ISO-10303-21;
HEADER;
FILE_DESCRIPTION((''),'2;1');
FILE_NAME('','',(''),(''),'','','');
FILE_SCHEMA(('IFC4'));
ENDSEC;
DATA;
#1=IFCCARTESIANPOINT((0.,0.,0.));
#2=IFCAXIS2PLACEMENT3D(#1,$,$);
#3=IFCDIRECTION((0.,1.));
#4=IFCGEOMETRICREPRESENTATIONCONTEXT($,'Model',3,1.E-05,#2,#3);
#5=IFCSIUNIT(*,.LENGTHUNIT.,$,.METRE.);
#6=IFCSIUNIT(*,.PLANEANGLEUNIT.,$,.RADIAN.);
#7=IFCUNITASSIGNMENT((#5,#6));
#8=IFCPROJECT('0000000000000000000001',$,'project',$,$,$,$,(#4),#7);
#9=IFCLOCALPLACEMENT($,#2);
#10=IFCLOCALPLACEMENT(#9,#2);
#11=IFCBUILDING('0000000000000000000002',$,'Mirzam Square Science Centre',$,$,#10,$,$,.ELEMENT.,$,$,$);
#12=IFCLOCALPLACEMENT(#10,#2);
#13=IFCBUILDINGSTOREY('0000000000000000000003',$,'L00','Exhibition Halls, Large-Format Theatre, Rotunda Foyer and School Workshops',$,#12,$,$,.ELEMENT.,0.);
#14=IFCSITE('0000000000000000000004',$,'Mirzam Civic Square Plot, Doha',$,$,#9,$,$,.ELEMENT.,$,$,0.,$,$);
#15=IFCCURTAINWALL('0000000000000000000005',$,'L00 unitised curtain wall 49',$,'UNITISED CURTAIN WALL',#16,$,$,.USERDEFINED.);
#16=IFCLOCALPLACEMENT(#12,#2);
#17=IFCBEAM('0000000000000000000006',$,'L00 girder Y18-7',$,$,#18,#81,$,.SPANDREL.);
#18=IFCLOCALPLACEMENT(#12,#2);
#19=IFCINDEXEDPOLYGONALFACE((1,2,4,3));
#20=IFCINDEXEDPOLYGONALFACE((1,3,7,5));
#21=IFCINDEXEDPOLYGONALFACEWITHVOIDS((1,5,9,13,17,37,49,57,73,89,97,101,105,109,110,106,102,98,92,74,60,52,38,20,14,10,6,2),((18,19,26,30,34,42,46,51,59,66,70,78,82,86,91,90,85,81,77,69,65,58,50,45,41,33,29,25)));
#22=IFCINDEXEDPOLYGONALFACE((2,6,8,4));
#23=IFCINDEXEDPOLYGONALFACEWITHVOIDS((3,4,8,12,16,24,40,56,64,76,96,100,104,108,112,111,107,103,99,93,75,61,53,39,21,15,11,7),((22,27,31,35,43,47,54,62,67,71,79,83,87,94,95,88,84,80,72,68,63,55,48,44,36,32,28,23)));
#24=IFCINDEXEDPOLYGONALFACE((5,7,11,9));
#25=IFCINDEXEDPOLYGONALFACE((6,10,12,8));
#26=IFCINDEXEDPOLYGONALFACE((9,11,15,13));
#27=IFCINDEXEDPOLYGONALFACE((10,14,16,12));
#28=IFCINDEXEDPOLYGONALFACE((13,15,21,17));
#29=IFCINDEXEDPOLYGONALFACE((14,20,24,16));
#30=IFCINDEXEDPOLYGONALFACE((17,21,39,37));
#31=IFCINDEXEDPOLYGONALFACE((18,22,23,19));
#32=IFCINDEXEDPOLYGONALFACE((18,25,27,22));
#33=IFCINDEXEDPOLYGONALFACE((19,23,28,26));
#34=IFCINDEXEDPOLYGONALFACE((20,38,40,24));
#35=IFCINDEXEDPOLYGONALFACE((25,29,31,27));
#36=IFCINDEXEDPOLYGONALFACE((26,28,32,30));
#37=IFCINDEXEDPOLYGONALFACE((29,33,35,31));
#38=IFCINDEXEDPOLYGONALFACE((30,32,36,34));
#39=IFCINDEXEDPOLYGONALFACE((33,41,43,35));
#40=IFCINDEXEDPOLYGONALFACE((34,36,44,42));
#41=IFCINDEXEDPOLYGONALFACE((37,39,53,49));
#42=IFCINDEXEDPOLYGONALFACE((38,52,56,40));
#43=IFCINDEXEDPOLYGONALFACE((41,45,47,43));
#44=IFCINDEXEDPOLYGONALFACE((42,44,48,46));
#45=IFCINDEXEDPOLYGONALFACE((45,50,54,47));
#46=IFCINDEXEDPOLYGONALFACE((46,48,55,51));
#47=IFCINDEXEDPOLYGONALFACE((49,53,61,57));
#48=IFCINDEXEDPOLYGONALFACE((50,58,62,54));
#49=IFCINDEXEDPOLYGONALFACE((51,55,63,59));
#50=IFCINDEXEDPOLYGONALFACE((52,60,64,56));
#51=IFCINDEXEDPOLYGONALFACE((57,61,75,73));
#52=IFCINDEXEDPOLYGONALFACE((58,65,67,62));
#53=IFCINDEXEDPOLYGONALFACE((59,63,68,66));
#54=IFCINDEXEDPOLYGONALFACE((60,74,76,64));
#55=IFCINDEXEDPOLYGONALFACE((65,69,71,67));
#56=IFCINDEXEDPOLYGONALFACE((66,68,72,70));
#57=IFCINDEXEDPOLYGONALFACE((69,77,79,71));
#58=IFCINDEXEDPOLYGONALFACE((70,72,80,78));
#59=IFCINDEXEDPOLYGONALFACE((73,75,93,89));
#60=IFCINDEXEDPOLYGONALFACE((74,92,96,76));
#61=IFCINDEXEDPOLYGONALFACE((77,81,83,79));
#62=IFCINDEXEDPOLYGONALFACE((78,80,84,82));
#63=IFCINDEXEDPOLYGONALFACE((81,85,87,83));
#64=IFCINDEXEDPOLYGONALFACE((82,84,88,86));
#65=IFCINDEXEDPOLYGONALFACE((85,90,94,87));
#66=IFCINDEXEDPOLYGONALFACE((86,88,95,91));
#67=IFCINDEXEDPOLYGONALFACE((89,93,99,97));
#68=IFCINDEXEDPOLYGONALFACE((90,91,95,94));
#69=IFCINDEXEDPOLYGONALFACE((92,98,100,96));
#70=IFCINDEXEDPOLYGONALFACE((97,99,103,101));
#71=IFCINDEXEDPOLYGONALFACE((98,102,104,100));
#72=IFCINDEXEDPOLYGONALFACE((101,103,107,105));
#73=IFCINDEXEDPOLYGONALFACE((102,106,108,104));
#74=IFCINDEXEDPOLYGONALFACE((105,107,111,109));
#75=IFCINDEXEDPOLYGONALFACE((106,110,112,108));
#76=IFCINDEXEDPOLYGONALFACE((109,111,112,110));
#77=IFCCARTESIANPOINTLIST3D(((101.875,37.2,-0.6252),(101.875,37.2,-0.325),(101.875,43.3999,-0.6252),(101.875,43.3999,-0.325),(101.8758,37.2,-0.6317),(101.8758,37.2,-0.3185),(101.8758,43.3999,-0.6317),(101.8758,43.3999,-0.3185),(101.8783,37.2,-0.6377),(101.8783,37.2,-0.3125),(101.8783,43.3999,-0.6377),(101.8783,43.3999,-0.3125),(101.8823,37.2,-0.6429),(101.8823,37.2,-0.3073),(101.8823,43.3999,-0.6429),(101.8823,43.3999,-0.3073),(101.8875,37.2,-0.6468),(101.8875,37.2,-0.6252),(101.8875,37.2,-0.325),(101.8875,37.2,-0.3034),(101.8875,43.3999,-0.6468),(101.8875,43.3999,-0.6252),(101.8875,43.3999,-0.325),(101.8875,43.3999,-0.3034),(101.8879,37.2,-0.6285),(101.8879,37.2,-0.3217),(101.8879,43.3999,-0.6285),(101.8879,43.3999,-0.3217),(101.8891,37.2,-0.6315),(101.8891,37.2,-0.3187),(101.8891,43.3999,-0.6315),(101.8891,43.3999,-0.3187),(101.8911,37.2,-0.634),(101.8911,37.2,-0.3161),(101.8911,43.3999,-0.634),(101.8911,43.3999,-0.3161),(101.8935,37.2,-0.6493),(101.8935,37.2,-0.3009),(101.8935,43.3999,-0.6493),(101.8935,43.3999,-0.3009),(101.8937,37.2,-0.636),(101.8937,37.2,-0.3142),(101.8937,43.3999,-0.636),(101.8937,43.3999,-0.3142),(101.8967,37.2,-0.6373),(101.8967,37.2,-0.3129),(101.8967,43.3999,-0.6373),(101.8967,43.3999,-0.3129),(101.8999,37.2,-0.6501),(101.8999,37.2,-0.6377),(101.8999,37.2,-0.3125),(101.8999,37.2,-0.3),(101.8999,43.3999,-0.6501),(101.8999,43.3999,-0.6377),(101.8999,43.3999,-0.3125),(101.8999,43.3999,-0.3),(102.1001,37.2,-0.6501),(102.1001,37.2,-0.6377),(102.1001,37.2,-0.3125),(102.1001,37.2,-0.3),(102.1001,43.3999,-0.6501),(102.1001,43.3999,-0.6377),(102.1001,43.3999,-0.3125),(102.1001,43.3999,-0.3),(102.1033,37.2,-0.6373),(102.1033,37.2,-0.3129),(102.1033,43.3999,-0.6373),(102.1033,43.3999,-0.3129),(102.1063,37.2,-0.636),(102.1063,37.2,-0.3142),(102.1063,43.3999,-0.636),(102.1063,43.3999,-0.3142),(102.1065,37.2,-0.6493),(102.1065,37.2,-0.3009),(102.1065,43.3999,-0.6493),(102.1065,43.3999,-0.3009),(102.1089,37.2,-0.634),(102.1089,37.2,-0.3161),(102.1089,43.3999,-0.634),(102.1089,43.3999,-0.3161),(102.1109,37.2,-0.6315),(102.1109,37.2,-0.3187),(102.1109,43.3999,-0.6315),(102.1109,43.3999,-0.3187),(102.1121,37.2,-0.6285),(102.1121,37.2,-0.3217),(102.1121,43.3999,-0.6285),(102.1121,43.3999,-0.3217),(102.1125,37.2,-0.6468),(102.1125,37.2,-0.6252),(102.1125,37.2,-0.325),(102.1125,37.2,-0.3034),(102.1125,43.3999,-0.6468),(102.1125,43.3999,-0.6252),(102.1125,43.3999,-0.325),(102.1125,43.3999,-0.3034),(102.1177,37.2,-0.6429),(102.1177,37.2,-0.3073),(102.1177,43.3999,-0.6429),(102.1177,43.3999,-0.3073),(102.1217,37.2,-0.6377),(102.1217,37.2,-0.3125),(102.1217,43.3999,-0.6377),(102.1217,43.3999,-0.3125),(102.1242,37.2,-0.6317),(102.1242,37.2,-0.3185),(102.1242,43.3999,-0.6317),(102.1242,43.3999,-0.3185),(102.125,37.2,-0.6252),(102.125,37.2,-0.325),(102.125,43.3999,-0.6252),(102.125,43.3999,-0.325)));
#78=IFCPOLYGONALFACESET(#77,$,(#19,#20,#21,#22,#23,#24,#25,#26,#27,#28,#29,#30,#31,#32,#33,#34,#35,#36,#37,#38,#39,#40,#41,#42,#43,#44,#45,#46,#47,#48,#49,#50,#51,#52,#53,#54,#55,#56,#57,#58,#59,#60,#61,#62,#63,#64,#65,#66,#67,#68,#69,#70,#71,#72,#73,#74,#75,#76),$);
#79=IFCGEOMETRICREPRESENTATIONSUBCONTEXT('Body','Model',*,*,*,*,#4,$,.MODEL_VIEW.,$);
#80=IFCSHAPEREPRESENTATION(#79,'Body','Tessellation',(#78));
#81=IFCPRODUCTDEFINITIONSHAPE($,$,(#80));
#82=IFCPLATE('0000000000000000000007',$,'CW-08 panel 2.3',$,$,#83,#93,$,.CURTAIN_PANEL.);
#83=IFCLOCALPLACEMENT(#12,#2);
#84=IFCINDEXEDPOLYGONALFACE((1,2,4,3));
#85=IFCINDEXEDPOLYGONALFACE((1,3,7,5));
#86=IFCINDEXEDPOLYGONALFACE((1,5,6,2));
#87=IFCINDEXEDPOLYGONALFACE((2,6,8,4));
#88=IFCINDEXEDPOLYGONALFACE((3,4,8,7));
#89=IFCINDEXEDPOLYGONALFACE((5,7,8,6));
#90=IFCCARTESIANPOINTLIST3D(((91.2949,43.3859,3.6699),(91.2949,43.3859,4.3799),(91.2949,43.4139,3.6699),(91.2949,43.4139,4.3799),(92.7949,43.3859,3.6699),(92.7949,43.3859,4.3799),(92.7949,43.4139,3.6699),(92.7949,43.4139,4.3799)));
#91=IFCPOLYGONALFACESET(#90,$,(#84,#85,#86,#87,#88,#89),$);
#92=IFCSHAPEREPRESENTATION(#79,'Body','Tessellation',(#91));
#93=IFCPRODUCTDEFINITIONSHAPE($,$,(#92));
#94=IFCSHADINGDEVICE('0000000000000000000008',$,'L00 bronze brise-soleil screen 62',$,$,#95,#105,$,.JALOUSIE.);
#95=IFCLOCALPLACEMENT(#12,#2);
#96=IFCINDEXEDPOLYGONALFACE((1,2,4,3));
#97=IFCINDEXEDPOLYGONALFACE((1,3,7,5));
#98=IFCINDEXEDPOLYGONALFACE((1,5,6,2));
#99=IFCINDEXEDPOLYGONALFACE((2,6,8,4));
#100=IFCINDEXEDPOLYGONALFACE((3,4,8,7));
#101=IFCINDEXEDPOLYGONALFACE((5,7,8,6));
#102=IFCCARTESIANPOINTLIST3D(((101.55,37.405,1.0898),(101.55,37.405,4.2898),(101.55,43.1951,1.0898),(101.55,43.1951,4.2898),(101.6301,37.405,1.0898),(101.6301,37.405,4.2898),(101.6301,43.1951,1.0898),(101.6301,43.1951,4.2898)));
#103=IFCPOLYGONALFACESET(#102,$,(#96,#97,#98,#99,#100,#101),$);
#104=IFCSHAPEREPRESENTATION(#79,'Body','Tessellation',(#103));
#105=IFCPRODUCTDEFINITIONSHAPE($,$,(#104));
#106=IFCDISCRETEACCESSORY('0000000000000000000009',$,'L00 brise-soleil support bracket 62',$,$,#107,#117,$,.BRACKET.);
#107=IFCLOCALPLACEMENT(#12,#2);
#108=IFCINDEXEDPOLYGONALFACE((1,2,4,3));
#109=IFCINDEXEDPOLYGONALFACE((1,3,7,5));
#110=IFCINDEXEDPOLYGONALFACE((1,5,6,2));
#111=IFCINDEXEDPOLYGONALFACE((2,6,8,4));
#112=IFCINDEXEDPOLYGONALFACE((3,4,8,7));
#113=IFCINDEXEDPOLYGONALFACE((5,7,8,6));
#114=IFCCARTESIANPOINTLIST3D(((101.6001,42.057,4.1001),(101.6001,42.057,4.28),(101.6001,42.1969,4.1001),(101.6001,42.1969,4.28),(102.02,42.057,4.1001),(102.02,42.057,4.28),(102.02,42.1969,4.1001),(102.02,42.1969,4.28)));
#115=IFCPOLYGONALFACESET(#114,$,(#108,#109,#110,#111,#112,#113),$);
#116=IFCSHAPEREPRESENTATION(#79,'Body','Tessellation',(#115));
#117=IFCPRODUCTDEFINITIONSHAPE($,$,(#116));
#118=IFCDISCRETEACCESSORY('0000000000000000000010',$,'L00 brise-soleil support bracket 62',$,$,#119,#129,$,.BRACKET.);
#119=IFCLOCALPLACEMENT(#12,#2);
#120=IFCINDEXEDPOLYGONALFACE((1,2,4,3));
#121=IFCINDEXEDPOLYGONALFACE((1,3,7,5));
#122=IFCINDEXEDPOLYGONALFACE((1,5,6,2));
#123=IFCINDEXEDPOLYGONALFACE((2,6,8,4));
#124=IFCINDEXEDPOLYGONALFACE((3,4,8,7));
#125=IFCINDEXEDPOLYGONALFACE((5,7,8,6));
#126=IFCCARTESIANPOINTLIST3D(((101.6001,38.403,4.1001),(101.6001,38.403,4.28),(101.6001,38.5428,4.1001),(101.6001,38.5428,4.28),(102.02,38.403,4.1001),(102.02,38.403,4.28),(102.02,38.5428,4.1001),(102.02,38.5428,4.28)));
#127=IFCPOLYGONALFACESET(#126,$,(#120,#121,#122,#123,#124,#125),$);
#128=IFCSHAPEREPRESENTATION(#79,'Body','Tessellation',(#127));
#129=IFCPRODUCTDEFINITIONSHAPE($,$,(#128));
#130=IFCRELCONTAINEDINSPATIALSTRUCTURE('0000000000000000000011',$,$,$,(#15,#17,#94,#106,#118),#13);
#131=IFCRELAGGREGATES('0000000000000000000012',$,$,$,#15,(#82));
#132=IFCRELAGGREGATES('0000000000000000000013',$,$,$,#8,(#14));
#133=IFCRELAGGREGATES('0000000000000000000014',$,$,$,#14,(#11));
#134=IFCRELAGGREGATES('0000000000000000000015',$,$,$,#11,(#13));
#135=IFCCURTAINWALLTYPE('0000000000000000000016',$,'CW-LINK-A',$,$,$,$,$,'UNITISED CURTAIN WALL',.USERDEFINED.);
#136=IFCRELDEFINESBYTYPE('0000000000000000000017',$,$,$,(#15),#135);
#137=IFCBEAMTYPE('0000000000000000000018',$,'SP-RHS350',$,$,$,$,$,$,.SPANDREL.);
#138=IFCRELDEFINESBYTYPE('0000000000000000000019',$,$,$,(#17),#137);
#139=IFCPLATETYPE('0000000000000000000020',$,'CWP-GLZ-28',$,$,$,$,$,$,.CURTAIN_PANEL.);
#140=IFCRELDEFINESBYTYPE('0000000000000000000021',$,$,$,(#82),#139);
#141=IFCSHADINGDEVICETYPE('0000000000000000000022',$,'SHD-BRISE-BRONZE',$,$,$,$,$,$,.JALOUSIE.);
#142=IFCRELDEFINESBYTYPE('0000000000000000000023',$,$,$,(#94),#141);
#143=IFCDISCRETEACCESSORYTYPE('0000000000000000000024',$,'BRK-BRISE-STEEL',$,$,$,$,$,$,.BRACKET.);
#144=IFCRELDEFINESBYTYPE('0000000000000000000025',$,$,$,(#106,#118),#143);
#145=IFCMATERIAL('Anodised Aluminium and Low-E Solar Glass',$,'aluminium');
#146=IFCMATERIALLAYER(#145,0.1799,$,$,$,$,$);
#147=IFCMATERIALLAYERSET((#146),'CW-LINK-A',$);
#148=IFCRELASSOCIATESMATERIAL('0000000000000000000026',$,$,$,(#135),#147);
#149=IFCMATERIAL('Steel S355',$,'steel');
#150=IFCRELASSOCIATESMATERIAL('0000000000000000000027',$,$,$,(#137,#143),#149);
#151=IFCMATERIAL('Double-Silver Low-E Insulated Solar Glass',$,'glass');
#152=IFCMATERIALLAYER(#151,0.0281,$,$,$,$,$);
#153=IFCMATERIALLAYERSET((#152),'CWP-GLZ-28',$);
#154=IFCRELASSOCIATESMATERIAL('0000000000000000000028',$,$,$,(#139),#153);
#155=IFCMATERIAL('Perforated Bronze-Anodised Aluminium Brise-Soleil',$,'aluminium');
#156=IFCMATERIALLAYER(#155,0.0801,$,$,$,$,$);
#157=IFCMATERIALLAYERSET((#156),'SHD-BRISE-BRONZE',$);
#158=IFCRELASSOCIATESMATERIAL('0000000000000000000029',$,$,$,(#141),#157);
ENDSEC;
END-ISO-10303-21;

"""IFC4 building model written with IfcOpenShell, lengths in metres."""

from ifc_helpers import new_model, si_unit, direction, frame, origin, origin_2d, place, context, subcontext, project, spatial, rectangle, hollow_rectangle, extrude, material, layer, layer_set, material_profile, profile_set, type_object, element, aggregate, save


model = new_model("IFC4")

# Units and contexts
model_context = context("Model", 3, precision=1e-05, world=origin(), true_north=direction((0.0, 1.0)))
body_context = subcontext(model_context, "Body", "Model", "MODEL_VIEW")
ifc_project = project(units=[si_unit("LENGTHUNIT", "METRE"), si_unit("PLANEANGLEUNIT", "RADIAN")], contexts=[model_context])

# Site, building, storey
site_placement = place(None, origin())
site = spatial("IfcSite", under=ifc_project, at=site_placement, Name="Mirzam Civic Square Plot, Doha", CompositionType="ELEMENT", RefElevation=0.0)
building_placement = place(site_placement, origin())
building = spatial("IfcBuilding", under=site, at=building_placement, Name="Mirzam Square Science Centre", CompositionType="ELEMENT")
storey_placement = place(building_placement, origin())
storey = spatial("IfcBuildingStorey", under=building, at=storey_placement, Name="L00", Description="Exhibition Halls, Large-Format Theatre, Rotunda Foyer and School Workshops", CompositionType="ELEMENT", Elevation=0.0)

# Shared definitions
ifc_material_1 = material(Name="Steel S355", Category="steel")

# Curtain wall
ifc_material_2 = material(Name="Anodised Aluminium and Low-E Solar Glass", Category="aluminium")
ifc_layer_1 = layer(ifc_material_2, 0.1799)
ifc_layer_set_1 = layer_set([ifc_layer_1], Name="CW-LINK-A")
curtain_wall_type_1 = type_object("IfcCurtainWallType", Name="CW-LINK-A", ElementType="UNITISED CURTAIN WALL", PredefinedType="USERDEFINED", material=ifc_layer_set_1)
curtain_wall_1_placement = place(storey_placement, origin())
curtain_wall_1 = element("IfcCurtainWall", 1, at=curtain_wall_1_placement, inside=storey, type_object=curtain_wall_type_1, Name="L00 unitised curtain wall 49", ObjectType="UNITISED CURTAIN WALL", PredefinedType="USERDEFINED")

# Beam
ifc_material_profile_1 = material_profile(ifc_material_1, hollow_rectangle(XDim=0.25, YDim=0.3501, WallThickness=0.0125, InnerFilletRadius=0.0125, OuterFilletRadius=0.0249, at=origin_2d()), Name="350x250x12.5RHS")
ifc_profile_set_1 = profile_set([ifc_material_profile_1], Name="Steel S355")
beam_type_1 = type_object("IfcBeamType", Name="SP-RHS350", PredefinedType="SPANDREL", material=ifc_profile_set_1)
beam_1_placement = place(storey_placement, frame((102.0, 37.2, -0.4751), z_axis=(0.0, 1.0, 0.0), x_axis=(-1.0, 0.0, 0.0)))
element("IfcBeam", 2, at=beam_1_placement, inside=storey, type_object=beam_type_1, Name="L00 girder Y18-7", PredefinedType="SPANDREL", context=body_context, shape_type="SweptSolid", body=[
    extrude(hollow_rectangle(XDim=0.25, YDim=0.3501, WallThickness=0.0125, InnerFilletRadius=0.0125, OuterFilletRadius=0.0249, at=origin_2d()), origin(), (0.0, 0.0, 1.0), 6.2),
])

# Plate
ifc_material_3 = material(Name="Double-Silver Low-E Insulated Solar Glass", Category="glass")
ifc_layer_2 = layer(ifc_material_3, 0.0281)
ifc_layer_set_2 = layer_set([ifc_layer_2], Name="CWP-GLZ-28")
plate_type = type_object("IfcPlateType", Name="CWP-GLZ-28", PredefinedType="CURTAIN_PANEL", material=ifc_layer_set_2)
plate_placement = place(storey_placement, frame((92.0449, 43.3999, 3.6699), z_axis=(0.0, 0.0, 1.0), x_axis=(1.0, 0.0, 0.0)))
plate = element("IfcPlate", 3, at=plate_placement, type_object=plate_type, Name="CW-08 panel 2.3", PredefinedType="CURTAIN_PANEL", context=body_context, shape_type="SweptSolid", body=[
    extrude(rectangle(XDim=1.5, YDim=0.0281, at=origin_2d()), origin(), (0.0, 0.0, 1.0), 0.71),
])
aggregate(curtain_wall_1, [plate])

# Shading device
ifc_material_4 = material(Name="Perforated Bronze-Anodised Aluminium Brise-Soleil", Category="aluminium")
ifc_layer_3 = layer(ifc_material_4, 0.0801)
ifc_layer_set_3 = layer_set([ifc_layer_3], Name="SHD-BRISE-BRONZE")
shading_device_type = type_object("IfcShadingDeviceType", Name="SHD-BRISE-BRONZE", PredefinedType="JALOUSIE", material=ifc_layer_set_3)
shading_device_placement = place(storey_placement, frame((101.5901, 40.3, 1.0898), z_axis=(0.0, 0.0, 1.0), x_axis=(0.0, -1.0, 0.0)))
element("IfcShadingDevice", 4, at=shading_device_placement, inside=storey, type_object=shading_device_type, Name="L00 bronze brise-soleil screen 62", PredefinedType="JALOUSIE", context=body_context, shape_type="SweptSolid", body=[
    extrude(rectangle(XDim=5.79, YDim=0.0801, at=origin_2d()), origin(), (0.0, 0.0, 1.0), 3.2),
])

# Discrete accessories
discrete_accessory_type = type_object("IfcDiscreteAccessoryType", Name="BRK-BRISE-STEEL", PredefinedType="BRACKET", material=ifc_material_1)
for number, where, z_axis, x_axis, name in (
    (5, (101.8101, 42.127, 4.1001), (0.0, 0.0, 1.0), (0.0, -1.0, 0.0), "L00 brise-soleil support bracket 62"),
    (6, (101.8101, 38.4729, 4.1001), (0.0, 0.0, 1.0), (0.0, -1.0, 0.0), "L00 brise-soleil support bracket 62"),
):
    element("IfcDiscreteAccessory", number, at=place(storey_placement, frame(where, z_axis=z_axis, x_axis=x_axis)), inside=storey, type_object=discrete_accessory_type, Name=name, PredefinedType="BRACKET", context=body_context, shape_type="SweptSolid", body=[
        extrude(rectangle(XDim=0.1399, YDim=0.4199, at=origin_2d()), origin(), (0.0, 0.0, 1.0), 0.1799),
    ])

save(model, "model.ifc")
